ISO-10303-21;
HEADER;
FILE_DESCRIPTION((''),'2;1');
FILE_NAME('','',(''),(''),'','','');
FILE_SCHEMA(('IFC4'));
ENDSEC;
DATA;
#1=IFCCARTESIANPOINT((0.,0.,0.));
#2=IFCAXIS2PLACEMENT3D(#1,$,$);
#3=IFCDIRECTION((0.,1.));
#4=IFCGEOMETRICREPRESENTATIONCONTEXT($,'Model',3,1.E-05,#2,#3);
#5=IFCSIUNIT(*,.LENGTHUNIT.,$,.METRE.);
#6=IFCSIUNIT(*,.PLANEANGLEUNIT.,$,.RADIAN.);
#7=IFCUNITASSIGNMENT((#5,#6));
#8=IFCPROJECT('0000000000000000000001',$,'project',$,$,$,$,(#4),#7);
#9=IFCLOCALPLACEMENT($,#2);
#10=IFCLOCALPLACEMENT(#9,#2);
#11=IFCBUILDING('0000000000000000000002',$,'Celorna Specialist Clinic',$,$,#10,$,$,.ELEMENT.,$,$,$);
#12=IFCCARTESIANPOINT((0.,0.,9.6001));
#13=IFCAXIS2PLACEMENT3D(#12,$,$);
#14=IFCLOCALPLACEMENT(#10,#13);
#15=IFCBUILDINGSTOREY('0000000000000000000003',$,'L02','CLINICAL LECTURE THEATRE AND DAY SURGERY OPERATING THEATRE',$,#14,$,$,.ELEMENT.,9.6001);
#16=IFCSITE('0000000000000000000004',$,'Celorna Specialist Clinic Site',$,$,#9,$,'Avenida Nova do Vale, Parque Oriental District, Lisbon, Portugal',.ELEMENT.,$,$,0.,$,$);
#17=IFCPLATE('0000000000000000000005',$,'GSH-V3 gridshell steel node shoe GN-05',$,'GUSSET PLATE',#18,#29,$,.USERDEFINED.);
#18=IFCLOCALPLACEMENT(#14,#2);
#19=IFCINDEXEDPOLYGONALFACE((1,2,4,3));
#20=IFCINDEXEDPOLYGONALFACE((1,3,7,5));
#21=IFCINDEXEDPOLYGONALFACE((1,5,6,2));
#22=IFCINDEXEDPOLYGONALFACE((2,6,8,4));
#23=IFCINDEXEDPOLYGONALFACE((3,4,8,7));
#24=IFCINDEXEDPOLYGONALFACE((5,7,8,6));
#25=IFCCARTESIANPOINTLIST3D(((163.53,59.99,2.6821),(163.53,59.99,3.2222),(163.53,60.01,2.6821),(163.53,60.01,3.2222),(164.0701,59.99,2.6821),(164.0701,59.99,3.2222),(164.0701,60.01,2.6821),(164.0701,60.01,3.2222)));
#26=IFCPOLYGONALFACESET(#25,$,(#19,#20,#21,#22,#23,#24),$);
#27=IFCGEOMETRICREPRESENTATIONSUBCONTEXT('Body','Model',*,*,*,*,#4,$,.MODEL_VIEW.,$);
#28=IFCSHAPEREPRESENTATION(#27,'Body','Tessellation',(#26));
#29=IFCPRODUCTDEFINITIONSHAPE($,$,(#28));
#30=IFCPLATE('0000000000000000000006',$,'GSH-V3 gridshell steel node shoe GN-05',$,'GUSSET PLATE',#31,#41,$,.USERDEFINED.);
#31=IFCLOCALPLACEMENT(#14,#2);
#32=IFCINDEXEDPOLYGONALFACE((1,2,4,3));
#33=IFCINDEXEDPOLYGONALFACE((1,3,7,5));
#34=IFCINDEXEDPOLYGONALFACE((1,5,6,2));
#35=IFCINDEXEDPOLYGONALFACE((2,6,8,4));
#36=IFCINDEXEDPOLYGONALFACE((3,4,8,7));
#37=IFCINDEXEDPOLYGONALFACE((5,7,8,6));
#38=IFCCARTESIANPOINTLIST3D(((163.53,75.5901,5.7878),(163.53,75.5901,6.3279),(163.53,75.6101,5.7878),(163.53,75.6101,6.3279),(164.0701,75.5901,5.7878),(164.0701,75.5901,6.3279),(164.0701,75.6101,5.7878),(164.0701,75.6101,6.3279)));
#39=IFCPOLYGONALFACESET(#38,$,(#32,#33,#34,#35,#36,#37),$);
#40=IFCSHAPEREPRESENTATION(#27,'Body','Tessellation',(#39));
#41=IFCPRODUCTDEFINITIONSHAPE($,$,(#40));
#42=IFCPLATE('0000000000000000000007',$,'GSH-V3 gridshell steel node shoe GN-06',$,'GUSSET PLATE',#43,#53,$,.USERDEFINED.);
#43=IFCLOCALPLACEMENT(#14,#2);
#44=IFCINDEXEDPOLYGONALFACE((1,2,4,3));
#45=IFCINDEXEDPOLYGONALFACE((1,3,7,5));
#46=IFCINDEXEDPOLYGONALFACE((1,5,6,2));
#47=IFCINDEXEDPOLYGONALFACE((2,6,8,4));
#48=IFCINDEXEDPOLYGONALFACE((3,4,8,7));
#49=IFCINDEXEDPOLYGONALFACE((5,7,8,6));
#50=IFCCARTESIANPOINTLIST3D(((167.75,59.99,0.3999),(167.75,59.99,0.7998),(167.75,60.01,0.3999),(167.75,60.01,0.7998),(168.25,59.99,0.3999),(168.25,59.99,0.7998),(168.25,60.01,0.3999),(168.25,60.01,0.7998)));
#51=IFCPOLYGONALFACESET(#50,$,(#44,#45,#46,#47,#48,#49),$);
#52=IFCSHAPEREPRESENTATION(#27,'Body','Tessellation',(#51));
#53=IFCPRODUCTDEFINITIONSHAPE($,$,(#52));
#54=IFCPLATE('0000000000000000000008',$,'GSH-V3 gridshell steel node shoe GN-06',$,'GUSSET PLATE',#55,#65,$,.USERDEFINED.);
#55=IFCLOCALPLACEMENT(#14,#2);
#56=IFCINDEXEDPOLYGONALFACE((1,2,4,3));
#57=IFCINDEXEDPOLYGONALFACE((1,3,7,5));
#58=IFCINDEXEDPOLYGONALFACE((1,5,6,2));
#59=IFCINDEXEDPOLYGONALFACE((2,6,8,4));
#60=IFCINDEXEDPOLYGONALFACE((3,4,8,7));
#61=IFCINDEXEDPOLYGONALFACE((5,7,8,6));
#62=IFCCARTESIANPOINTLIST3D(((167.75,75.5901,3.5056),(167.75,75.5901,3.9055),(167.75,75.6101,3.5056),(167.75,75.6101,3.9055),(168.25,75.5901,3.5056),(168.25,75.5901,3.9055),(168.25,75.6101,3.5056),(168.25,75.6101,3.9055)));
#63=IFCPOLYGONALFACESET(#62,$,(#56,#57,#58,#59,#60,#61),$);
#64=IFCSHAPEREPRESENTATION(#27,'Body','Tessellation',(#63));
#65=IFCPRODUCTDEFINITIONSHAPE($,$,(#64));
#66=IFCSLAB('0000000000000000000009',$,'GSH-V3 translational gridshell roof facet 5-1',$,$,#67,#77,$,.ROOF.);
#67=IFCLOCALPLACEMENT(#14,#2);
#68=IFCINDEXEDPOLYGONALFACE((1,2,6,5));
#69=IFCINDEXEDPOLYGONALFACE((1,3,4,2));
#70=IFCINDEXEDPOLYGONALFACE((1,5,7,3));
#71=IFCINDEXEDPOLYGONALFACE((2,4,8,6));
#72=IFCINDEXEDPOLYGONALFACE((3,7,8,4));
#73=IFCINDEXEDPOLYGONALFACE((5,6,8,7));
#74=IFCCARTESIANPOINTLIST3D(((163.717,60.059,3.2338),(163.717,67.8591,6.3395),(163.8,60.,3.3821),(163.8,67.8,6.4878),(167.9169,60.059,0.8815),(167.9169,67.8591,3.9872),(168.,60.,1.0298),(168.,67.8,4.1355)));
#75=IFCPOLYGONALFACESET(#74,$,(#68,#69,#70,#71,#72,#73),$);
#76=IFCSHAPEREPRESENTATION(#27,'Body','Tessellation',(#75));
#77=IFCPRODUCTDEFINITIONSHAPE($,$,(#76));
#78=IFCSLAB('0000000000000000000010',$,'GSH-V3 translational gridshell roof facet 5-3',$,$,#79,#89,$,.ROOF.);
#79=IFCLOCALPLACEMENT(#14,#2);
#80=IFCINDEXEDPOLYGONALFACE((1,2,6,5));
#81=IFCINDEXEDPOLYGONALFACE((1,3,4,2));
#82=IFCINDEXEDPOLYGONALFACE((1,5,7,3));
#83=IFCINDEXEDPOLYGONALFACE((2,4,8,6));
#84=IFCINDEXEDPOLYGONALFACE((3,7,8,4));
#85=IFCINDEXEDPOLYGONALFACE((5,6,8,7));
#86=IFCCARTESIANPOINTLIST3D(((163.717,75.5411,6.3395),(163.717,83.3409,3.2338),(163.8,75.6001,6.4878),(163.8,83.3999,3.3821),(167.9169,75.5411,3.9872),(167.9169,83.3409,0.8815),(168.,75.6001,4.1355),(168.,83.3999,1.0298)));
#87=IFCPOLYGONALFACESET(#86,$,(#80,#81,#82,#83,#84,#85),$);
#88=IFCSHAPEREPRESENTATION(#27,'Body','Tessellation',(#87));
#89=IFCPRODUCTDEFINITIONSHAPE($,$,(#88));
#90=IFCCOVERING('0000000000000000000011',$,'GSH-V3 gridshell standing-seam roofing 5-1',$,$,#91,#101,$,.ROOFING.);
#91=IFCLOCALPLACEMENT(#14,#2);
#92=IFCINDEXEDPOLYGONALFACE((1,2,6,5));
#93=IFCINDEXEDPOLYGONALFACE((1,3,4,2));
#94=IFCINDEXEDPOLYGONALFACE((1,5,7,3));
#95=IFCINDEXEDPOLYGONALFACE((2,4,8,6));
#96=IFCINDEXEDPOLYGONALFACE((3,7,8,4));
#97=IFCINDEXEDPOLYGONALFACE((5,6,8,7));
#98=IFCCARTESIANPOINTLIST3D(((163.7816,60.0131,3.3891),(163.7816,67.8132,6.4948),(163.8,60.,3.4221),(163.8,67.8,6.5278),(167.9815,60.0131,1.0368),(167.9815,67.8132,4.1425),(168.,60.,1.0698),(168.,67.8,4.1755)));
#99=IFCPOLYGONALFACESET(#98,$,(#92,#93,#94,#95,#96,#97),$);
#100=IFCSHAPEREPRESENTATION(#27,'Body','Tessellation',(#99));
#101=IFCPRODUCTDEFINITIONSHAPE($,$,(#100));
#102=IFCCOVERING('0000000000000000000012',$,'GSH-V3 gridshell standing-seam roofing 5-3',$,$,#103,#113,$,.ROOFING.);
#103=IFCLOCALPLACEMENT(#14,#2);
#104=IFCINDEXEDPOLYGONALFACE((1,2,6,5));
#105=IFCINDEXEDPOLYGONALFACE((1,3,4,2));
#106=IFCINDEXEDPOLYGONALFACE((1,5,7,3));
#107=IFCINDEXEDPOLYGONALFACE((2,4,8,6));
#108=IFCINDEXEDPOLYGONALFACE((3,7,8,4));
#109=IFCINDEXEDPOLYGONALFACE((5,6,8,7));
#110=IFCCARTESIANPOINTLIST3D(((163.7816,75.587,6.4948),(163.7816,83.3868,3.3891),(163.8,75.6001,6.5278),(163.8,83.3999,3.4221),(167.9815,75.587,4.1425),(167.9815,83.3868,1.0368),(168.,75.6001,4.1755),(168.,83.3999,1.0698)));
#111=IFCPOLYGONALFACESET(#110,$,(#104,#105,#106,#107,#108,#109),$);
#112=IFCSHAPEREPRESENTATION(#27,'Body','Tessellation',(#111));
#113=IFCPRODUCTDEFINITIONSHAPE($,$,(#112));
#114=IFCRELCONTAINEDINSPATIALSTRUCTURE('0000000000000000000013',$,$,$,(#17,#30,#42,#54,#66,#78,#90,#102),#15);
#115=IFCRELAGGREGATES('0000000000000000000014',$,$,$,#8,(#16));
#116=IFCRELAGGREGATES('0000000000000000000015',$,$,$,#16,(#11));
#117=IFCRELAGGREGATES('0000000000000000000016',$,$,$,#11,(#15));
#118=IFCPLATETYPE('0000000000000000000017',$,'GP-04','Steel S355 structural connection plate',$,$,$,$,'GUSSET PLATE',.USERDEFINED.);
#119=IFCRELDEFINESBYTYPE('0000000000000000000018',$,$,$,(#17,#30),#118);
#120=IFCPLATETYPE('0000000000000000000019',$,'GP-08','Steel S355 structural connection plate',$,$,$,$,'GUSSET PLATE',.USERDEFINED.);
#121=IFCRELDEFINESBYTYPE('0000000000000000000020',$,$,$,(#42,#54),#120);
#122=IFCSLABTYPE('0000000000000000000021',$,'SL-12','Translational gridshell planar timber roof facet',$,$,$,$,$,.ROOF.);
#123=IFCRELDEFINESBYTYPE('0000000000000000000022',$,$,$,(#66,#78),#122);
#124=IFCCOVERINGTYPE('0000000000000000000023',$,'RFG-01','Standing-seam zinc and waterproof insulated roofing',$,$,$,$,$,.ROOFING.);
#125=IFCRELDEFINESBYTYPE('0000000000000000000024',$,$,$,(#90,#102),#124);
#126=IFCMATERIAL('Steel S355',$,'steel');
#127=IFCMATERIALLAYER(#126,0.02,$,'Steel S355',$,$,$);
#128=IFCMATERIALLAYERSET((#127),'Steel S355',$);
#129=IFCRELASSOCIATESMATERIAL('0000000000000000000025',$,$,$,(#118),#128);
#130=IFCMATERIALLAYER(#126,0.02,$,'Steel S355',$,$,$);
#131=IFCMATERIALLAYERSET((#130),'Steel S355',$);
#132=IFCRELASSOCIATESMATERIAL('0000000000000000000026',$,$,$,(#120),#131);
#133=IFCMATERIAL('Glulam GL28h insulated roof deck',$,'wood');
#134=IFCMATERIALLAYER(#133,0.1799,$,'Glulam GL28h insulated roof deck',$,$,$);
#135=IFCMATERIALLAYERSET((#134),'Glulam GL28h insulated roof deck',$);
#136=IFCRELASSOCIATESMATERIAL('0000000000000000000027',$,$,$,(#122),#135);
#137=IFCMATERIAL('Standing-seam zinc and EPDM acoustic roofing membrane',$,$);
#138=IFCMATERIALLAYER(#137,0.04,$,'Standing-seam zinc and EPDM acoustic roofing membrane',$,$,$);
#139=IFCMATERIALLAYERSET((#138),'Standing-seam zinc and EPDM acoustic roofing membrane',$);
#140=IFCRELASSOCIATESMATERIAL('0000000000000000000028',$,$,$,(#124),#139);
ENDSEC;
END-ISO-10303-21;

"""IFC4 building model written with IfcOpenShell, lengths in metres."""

from ifc_helpers import new_model, si_unit, direction, frame, origin, origin_2d, place, context, subcontext, project, spatial, polyline, rectangle, outline, extrude, material, layer, layer_set, type_object, element, save


model = new_model("IFC4")

# Units and contexts
model_context = context("Model", 3, precision=1e-05, world=origin(), true_north=direction((0.0, 1.0)))
body_context = subcontext(model_context, "Body", "Model", "MODEL_VIEW")
ifc_project = project(units=[si_unit("LENGTHUNIT", "METRE"), si_unit("PLANEANGLEUNIT", "RADIAN")], contexts=[model_context])

# Site, building, storey
site_placement = place(None, origin())
site = spatial("IfcSite", under=ifc_project, at=site_placement, Name="Celorna Specialist Clinic Site", LongName="Avenida Nova do Vale, Parque Oriental District, Lisbon, Portugal", CompositionType="ELEMENT", RefElevation=0.0)
building_placement = place(site_placement, origin())
building = spatial("IfcBuilding", under=site, at=building_placement, Name="Celorna Specialist Clinic", CompositionType="ELEMENT")
storey_placement = place(building_placement, frame((0.0, 0.0, 9.6001)))
storey = spatial("IfcBuildingStorey", under=building, at=storey_placement, Name="L02", Description="CLINICAL LECTURE THEATRE AND DAY SURGERY OPERATING THEATRE", CompositionType="ELEMENT", Elevation=9.6001)

# Shared definitions
ifc_material_1 = material(Name="Steel S355", Category="steel")

# Plates
ifc_layer_1 = layer(ifc_material_1, 0.02, Name="Steel S355")
ifc_layer_set_1 = layer_set([ifc_layer_1], Name="Steel S355")
plate_type_1 = type_object("IfcPlateType", Name="GP-04", Description="Steel S355 structural connection plate", ElementType="GUSSET PLATE", PredefinedType="USERDEFINED", material=ifc_layer_set_1)
for number, where, z_axis, x_axis, name in (
    (1, (163.8, 60.0, 2.6821), (0.0, 0.0, 1.0), (1.0, 0.0, 0.0), "GSH-V3 gridshell steel node shoe GN-05"),
    (2, (163.8, 75.6001, 5.7878), (0.0, 0.0, 1.0), (1.0, 0.0, 0.0), "GSH-V3 gridshell steel node shoe GN-05"),
):
    element("IfcPlate", number, at=place(storey_placement, frame(where, z_axis=z_axis, x_axis=x_axis)), inside=storey, type_object=plate_type_1, Name=name, ObjectType="GUSSET PLATE", PredefinedType="USERDEFINED", context=body_context, shape_type="SweptSolid", body=[
        extrude(rectangle(XDim=0.54, YDim=0.02, at=origin_2d()), origin(), (0.0, 0.0, 1.0), 0.54),
    ])
ifc_layer_2 = layer(ifc_material_1, 0.02, Name="Steel S355")
ifc_layer_set_2 = layer_set([ifc_layer_2], Name="Steel S355")
plate_type_2 = type_object("IfcPlateType", Name="GP-08", Description="Steel S355 structural connection plate", ElementType="GUSSET PLATE", PredefinedType="USERDEFINED", material=ifc_layer_set_2)
for number, where, z_axis, x_axis, name in (
    (3, (168.0, 60.0, 0.3999), (0.0, 0.0, 1.0), (1.0, 0.0, 0.0), "GSH-V3 gridshell steel node shoe GN-06"),
    (4, (168.0, 75.6001, 3.5056), (0.0, 0.0, 1.0), (1.0, 0.0, 0.0), "GSH-V3 gridshell steel node shoe GN-06"),
):
    element("IfcPlate", number, at=place(storey_placement, frame(where, z_axis=z_axis, x_axis=x_axis)), inside=storey, type_object=plate_type_2, Name=name, ObjectType="GUSSET PLATE", PredefinedType="USERDEFINED", context=body_context, shape_type="SweptSolid", body=[
        extrude(rectangle(XDim=0.5, YDim=0.02, at=origin_2d()), origin(), (0.0, 0.0, 1.0), 0.3999),
    ])

# Slabs
ifc_material_2 = material(Name="Glulam GL28h insulated roof deck", Category="wood")
ifc_layer_3 = layer(ifc_material_2, 0.1799, Name="Glulam GL28h insulated roof deck")
ifc_layer_set_3 = layer_set([ifc_layer_3], Name="Glulam GL28h insulated roof deck")
slab_type = type_object("IfcSlabType", Name="SL-12", Description="Translational gridshell planar timber roof facet", PredefinedType="ROOF", material=ifc_layer_set_3)
slab_1_placement = place(storey_placement, frame((163.8, 60.0, 3.3821), z_axis=(0.461595, -0.328154, 0.824163), x_axis=(0.872477, 0.0, -0.488654)))
element("IfcSlab", 5, at=slab_1_placement, inside=storey, type_object=slab_type, Name="GSH-V3 translational gridshell roof facet 5-1", PredefinedType="ROOF", context=body_context, shape_type="SweptSolid", body=[
    extrude(outline(polyline([(0.0, 0.0), (4.8138, 0.0), (3.2962, 8.2573), (-1.5176, 8.2573), (0.0, 0.0)])), origin(), (0.0, 0.0, -1.0), 0.1799),
])
slab_2_placement = place(storey_placement, frame((163.8, 75.6001, 6.4878), z_axis=(0.461593, 0.328163, 0.824161), x_axis=(0.872477, 0.0, -0.488654)))
element("IfcSlab", 6, at=slab_2_placement, inside=storey, type_object=slab_type, Name="GSH-V3 translational gridshell roof facet 5-3", PredefinedType="ROOF", context=body_context, shape_type="SweptSolid", body=[
    extrude(outline(polyline([(0.0, 0.0), (4.8138, 0.0), (6.3314, 8.2571), (1.5176, 8.2571), (0.0, 0.0)])), origin(), (0.0, 0.0, -1.0), 0.1799),
])

# Coverings
ifc_material_3 = material(Name="Standing-seam zinc and EPDM acoustic roofing membrane")
ifc_layer_4 = layer(ifc_material_3, 0.04, Name="Standing-seam zinc and EPDM acoustic roofing membrane")
ifc_layer_set_4 = layer_set([ifc_layer_4], Name="Standing-seam zinc and EPDM acoustic roofing membrane")
covering_type = type_object("IfcCoveringType", Name="RFG-01", Description="Standing-seam zinc and waterproof insulated roofing", PredefinedType="ROOFING", material=ifc_layer_set_4)
covering_1_placement = place(storey_placement, frame((163.8, 60.0, 3.4221), z_axis=(0.461595, -0.328154, 0.824163), x_axis=(0.872477, 0.0, -0.488654)))
element("IfcCovering", 7, at=covering_1_placement, inside=storey, type_object=covering_type, Name="GSH-V3 gridshell standing-seam roofing 5-1", PredefinedType="ROOFING", context=body_context, shape_type="SweptSolid", body=[
    extrude(outline(polyline([(0.0, 0.0), (4.8138, 0.0), (3.2962, 8.2573), (-1.5176, 8.2573), (0.0, 0.0)])), origin(), (0.0, 0.0, -1.0), 0.04),
])
covering_2_placement = place(storey_placement, frame((163.8, 75.6001, 6.5278), z_axis=(0.461593, 0.328163, 0.824161), x_axis=(0.872477, 0.0, -0.488654)))
element("IfcCovering", 8, at=covering_2_placement, inside=storey, type_object=covering_type, Name="GSH-V3 gridshell standing-seam roofing 5-3", PredefinedType="ROOFING", context=body_context, shape_type="SweptSolid", body=[
    extrude(outline(polyline([(0.0, 0.0), (4.8138, 0.0), (6.3314, 8.2571), (1.5176, 8.2571), (0.0, 0.0)])), origin(), (0.0, 0.0, -1.0), 0.04),
])

save(model, "model.ifc")
